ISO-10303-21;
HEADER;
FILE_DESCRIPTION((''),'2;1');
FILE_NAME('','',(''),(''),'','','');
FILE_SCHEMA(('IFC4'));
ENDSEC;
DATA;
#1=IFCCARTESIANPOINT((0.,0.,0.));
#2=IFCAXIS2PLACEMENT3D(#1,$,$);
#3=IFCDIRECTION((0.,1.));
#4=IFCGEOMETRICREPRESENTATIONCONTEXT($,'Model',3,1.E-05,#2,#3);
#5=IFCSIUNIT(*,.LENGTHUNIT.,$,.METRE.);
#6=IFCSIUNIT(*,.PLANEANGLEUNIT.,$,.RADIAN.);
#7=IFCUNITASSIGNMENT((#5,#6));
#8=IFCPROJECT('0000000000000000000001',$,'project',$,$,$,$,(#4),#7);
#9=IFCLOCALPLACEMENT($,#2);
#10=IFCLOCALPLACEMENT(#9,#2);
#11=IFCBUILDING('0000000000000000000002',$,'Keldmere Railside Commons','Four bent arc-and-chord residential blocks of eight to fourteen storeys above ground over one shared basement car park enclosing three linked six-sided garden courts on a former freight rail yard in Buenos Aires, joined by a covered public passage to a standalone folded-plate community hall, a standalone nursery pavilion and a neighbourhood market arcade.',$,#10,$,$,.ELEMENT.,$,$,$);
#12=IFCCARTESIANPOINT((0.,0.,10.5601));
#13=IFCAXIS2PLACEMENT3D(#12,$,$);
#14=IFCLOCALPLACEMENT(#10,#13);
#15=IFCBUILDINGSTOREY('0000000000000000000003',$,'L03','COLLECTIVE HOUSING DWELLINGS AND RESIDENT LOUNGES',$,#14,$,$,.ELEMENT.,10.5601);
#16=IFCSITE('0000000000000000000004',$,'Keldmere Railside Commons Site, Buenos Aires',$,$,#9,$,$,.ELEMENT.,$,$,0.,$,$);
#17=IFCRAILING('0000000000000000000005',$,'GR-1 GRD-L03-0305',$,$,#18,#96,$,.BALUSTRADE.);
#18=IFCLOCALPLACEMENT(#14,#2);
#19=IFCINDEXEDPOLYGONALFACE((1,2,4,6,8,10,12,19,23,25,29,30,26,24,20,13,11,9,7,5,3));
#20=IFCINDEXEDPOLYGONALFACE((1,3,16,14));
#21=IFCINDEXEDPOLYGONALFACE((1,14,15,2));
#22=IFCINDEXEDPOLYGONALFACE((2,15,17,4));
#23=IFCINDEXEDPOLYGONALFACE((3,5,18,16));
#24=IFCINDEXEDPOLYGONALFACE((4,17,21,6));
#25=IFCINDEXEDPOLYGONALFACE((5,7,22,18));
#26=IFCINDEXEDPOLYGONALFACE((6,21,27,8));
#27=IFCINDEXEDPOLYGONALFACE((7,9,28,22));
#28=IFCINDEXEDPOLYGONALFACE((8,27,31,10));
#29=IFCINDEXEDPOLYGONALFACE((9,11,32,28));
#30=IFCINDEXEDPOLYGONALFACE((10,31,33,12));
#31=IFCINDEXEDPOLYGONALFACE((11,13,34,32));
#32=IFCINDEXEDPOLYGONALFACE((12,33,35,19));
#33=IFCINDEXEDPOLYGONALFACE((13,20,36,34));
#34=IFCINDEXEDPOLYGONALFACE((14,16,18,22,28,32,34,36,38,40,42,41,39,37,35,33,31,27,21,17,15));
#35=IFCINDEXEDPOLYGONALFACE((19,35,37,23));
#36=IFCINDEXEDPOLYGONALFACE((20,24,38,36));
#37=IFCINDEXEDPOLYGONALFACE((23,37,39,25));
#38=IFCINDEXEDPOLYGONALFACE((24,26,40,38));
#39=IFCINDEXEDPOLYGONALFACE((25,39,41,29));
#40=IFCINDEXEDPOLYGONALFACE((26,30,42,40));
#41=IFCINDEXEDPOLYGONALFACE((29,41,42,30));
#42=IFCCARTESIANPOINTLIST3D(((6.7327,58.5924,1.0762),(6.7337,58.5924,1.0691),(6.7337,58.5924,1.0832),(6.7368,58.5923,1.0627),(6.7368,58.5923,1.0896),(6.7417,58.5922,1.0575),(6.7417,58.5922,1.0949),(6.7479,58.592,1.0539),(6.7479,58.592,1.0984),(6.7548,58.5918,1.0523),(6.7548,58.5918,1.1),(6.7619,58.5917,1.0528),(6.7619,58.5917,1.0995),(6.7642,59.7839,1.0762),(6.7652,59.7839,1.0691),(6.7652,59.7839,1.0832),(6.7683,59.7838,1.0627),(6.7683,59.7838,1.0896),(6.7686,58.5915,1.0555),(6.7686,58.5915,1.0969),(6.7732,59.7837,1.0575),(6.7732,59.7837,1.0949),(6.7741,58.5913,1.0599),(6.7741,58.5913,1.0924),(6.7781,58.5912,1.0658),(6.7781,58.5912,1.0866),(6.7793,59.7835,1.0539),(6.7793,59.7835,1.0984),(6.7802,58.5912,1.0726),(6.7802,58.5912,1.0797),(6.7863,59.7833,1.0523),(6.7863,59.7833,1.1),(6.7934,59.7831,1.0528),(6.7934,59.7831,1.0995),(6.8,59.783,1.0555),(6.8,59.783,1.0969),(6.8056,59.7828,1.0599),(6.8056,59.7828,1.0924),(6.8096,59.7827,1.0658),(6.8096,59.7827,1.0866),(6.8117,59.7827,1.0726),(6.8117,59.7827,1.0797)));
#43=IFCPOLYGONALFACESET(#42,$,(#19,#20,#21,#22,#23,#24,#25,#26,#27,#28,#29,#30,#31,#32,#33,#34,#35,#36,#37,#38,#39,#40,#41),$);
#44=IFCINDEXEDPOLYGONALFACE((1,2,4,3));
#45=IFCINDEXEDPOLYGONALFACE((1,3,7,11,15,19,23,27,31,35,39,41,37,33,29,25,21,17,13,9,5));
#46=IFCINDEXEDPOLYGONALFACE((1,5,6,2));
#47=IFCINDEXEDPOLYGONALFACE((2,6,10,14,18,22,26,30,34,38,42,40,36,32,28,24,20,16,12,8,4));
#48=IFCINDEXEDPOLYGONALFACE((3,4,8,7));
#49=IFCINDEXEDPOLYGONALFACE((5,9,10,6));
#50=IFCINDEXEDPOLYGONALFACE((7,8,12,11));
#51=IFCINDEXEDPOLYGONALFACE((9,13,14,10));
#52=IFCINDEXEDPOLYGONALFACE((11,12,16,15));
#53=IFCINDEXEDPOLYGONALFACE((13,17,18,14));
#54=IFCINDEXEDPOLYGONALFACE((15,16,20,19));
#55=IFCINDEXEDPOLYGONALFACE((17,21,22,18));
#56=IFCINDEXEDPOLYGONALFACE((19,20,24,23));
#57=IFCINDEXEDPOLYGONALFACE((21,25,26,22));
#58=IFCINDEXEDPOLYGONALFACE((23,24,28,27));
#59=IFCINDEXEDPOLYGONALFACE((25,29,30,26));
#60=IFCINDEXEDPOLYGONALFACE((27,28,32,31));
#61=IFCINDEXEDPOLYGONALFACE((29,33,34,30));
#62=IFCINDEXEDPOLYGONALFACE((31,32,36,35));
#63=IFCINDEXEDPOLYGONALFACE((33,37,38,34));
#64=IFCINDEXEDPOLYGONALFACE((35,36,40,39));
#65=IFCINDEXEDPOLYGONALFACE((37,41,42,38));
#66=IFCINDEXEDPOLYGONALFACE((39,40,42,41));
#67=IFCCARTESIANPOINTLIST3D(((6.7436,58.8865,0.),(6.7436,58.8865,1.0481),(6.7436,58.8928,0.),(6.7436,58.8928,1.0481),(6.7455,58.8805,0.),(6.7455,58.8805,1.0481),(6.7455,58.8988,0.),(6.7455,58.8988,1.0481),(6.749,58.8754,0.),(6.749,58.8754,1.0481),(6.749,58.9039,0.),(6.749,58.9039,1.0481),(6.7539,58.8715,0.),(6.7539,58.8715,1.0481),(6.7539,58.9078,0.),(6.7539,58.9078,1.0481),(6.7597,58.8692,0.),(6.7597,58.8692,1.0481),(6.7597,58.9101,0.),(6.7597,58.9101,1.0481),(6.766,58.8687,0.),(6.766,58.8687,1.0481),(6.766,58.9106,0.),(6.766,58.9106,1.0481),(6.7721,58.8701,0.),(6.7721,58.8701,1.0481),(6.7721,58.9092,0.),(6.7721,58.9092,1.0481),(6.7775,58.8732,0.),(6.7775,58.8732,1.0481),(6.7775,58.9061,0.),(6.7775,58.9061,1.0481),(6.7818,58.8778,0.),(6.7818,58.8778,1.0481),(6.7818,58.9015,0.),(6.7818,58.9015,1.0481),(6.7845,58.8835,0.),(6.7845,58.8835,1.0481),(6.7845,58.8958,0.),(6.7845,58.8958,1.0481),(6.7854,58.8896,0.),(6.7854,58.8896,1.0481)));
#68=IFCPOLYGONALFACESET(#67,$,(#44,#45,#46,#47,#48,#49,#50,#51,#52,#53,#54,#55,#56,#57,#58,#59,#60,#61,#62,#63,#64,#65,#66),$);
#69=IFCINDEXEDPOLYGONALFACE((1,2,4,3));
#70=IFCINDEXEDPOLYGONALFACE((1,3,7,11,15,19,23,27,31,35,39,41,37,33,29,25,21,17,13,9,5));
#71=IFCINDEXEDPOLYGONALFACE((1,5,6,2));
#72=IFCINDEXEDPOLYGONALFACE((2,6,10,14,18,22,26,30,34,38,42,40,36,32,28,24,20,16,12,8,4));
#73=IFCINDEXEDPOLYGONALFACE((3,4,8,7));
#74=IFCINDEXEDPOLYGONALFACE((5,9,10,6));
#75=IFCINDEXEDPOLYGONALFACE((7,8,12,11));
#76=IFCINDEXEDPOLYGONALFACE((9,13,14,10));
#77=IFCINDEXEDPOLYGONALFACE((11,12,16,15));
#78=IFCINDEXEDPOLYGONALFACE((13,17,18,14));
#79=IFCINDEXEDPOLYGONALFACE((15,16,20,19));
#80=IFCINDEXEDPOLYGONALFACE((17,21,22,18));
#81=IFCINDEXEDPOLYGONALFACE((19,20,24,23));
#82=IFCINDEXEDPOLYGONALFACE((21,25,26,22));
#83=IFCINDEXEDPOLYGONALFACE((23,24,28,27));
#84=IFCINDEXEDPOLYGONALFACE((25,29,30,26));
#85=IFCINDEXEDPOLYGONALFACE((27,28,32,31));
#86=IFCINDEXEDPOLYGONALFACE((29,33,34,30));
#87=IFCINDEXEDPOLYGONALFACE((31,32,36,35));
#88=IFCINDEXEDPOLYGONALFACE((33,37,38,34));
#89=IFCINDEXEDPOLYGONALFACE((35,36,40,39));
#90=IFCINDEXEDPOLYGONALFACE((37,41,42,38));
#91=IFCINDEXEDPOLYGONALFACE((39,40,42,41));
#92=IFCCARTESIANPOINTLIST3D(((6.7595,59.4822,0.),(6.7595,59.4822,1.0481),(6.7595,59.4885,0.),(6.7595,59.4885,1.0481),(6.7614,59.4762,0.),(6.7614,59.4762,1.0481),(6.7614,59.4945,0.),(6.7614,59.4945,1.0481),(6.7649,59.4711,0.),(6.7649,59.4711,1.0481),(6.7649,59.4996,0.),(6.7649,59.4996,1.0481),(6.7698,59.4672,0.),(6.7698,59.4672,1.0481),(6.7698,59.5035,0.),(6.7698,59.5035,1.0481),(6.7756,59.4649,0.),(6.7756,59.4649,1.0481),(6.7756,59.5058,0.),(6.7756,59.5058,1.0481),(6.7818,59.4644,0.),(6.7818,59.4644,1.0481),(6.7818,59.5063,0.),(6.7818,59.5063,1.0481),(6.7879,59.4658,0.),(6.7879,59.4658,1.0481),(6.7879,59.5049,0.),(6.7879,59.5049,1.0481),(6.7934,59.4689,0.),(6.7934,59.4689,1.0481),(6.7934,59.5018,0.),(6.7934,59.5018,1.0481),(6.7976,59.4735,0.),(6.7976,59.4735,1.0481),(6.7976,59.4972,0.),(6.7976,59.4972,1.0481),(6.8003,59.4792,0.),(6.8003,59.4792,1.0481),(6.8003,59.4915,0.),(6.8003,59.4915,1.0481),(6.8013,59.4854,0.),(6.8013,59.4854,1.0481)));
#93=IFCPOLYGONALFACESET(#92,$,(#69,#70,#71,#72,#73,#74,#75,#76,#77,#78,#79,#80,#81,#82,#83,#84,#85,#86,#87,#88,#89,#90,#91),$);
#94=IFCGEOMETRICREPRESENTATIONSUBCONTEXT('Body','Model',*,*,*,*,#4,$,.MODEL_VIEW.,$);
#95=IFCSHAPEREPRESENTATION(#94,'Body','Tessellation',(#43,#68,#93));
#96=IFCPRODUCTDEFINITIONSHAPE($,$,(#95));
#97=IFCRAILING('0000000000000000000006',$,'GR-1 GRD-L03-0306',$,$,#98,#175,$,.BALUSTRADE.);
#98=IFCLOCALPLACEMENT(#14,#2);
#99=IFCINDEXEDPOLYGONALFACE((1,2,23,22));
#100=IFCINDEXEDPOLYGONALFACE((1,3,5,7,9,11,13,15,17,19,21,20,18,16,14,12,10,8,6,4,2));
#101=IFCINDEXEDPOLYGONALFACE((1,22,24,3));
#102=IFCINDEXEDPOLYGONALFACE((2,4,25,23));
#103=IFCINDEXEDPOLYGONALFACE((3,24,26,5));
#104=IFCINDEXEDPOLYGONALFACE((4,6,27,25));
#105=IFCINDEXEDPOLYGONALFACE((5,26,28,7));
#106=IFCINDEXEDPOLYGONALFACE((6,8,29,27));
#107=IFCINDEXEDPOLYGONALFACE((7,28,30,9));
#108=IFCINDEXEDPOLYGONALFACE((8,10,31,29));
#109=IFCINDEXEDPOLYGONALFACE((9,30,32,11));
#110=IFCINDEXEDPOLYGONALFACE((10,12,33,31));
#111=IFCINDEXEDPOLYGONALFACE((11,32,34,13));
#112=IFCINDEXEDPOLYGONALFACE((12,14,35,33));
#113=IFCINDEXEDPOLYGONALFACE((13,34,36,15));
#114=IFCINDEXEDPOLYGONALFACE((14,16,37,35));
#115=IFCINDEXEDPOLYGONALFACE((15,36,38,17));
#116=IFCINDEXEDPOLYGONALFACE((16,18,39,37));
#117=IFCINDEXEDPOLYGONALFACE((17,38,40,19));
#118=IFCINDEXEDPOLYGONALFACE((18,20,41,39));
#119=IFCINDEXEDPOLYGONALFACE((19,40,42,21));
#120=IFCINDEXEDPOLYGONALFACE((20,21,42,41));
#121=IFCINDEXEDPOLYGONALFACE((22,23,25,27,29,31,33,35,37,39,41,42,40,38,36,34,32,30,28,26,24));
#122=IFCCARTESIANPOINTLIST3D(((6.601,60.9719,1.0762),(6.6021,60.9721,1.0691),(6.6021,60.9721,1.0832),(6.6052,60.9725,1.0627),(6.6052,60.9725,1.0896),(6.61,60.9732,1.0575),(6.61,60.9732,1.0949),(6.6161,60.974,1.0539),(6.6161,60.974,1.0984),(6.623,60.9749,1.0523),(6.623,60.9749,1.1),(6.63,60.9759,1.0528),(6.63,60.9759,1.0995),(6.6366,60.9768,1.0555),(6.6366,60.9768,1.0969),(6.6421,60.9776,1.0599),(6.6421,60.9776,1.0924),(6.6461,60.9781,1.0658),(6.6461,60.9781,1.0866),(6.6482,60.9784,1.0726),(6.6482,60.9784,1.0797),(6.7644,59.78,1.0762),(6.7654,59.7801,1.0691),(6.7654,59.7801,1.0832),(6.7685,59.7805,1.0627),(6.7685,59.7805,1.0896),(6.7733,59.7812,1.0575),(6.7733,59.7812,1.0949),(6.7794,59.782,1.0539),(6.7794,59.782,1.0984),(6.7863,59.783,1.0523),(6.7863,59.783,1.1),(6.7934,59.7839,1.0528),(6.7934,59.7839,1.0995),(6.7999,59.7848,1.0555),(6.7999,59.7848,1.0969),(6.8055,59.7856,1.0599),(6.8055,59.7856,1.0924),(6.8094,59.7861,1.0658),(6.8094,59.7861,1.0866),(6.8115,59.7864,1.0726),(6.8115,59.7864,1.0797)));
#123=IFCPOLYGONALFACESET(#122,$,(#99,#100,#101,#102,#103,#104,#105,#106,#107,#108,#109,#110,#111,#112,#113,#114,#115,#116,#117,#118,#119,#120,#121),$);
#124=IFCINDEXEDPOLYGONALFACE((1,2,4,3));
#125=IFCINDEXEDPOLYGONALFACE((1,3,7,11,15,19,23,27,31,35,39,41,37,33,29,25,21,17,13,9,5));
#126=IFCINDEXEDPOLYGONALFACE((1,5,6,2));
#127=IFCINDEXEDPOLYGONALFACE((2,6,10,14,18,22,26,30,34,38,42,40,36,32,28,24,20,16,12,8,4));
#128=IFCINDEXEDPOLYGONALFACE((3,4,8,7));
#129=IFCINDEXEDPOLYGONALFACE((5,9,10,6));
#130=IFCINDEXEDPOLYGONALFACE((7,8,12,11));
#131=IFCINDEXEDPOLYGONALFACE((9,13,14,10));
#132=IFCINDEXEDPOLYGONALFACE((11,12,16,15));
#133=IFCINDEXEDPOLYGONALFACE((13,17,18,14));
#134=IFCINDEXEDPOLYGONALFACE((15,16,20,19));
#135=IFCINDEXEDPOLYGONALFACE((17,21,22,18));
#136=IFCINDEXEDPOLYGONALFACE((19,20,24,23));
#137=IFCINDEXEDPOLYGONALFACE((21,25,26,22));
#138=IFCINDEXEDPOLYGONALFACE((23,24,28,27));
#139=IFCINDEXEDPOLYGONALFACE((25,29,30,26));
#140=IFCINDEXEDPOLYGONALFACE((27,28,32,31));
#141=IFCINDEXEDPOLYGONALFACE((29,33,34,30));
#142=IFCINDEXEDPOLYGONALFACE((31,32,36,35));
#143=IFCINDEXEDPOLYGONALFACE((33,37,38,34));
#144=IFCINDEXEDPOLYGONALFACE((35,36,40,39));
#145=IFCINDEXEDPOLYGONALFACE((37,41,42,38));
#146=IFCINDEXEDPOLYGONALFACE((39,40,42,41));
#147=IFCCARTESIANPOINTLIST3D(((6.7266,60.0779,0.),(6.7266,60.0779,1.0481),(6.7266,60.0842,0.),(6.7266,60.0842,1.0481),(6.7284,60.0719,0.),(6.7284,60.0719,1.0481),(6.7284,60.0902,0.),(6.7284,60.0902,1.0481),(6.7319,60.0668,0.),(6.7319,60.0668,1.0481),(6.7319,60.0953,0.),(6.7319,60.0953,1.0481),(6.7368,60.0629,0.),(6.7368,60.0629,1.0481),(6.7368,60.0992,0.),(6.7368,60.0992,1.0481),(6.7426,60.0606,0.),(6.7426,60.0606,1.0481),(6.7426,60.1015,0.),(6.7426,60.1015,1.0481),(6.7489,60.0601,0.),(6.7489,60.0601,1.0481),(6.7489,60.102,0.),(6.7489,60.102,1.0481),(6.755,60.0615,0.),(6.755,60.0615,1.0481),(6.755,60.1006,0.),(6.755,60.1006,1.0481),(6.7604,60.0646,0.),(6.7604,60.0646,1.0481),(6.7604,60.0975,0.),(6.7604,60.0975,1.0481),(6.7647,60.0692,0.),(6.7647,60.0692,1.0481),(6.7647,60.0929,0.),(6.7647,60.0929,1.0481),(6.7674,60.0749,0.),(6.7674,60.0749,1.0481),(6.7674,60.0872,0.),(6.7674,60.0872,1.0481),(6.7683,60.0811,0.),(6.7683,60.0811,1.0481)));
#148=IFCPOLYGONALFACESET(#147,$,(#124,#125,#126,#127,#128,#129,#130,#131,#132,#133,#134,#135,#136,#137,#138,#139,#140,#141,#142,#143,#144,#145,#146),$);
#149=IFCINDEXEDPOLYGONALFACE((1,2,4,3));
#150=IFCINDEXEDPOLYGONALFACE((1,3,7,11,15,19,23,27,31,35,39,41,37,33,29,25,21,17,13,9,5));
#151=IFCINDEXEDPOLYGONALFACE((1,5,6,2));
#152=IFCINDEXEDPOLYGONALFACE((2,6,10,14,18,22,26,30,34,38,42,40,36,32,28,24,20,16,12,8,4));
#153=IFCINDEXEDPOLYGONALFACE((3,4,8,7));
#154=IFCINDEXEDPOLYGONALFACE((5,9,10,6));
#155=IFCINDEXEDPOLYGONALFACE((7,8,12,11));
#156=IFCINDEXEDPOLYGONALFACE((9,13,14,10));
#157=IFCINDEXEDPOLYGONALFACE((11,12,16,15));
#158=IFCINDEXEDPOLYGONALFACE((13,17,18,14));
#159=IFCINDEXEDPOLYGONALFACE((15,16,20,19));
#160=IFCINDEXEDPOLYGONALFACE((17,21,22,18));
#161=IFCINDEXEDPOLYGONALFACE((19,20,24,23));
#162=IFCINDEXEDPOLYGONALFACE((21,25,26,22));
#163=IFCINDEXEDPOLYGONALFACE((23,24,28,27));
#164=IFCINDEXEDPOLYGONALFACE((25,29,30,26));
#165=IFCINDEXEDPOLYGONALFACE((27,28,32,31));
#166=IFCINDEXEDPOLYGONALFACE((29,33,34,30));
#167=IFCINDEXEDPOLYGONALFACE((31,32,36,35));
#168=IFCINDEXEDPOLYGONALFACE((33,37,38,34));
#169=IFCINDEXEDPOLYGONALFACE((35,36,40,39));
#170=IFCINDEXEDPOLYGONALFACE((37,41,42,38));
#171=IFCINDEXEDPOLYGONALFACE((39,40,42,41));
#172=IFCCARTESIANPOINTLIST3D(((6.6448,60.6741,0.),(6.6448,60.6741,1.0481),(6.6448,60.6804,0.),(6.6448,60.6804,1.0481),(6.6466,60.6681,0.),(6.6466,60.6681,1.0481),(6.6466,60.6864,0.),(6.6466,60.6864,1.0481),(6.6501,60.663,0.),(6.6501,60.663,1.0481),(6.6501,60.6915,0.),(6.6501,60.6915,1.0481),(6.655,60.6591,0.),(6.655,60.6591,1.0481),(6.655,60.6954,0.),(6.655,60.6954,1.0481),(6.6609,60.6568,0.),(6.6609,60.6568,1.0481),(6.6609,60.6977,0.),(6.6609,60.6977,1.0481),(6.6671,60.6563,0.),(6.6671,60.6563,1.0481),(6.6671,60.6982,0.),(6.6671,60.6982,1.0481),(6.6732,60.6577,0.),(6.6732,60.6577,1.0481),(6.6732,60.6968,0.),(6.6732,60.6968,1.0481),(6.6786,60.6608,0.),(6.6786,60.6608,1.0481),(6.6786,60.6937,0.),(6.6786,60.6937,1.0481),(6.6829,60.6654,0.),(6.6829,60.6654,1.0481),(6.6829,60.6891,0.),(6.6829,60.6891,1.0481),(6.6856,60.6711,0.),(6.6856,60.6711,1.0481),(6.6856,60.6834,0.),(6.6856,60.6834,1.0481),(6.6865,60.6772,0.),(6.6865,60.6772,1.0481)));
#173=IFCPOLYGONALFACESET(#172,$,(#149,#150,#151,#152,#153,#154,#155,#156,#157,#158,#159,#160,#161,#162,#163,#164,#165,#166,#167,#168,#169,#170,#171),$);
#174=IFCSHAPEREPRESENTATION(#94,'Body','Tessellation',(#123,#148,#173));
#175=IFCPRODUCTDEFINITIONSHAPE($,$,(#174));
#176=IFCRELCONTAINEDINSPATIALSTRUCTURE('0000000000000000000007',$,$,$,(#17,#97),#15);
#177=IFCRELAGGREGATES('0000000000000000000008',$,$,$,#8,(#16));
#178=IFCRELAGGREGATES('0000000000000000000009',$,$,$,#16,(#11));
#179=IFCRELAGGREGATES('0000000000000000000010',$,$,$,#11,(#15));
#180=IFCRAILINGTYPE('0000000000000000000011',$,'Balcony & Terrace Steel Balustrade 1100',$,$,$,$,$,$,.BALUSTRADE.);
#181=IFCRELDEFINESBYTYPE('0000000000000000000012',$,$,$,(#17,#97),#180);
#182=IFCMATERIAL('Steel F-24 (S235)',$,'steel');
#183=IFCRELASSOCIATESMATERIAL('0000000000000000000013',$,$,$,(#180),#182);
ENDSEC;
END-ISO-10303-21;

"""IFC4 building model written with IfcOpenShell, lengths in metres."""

from ifc_helpers import new_model, si_unit, direction, frame, origin, origin_2d, place, context, subcontext, project, spatial, circle, extrude, material, type_object, element, save


model = new_model("IFC4")

# Units and contexts
model_context = context("Model", 3, precision=1e-05, world=origin(), true_north=direction((0.0, 1.0)))
body_context = subcontext(model_context, "Body", "Model", "MODEL_VIEW")
ifc_project = project(units=[si_unit("LENGTHUNIT", "METRE"), si_unit("PLANEANGLEUNIT", "RADIAN")], contexts=[model_context])

# Site, building, storey
site_placement = place(None, origin())
site = spatial("IfcSite", under=ifc_project, at=site_placement, Name="Keldmere Railside Commons Site, Buenos Aires", CompositionType="ELEMENT", RefElevation=0.0)
building_placement = place(site_placement, origin())
building = spatial("IfcBuilding", under=site, at=building_placement, Name="Keldmere Railside Commons", Description="Four bent arc-and-chord residential blocks of eight to fourteen storeys above ground over one shared basement car park enclosing three linked six-sided garden courts on a former freight rail yard in Buenos Aires, joined by a covered public passage to a standalone folded-plate community hall, a standalone nursery pavilion and a neighbourhood market arcade.", CompositionType="ELEMENT")
storey_placement = place(building_placement, frame((0.0, 0.0, 10.5601)))
storey = spatial("IfcBuildingStorey", under=building, at=storey_placement, Name="L03", Description="COLLECTIVE HOUSING DWELLINGS AND RESIDENT LOUNGES", CompositionType="ELEMENT", Elevation=10.5601)

# Railings
ifc_material_1 = material(Name="Steel F-24 (S235)", Category="steel")
railing_type_1 = type_object("IfcRailingType", Name="Balcony & Terrace Steel Balustrade 1100", PredefinedType="BALUSTRADE", material=ifc_material_1)
railing_1_placement = place(storey_placement, frame((6.7566, 58.5918, 0.0)))
element("IfcRailing", 1, at=railing_1_placement, inside=storey, type_object=railing_type_1, Name="GR-1 GRD-L03-0305", PredefinedType="BALUSTRADE", context=body_context, shape_type="SweptSolid", body=[
    extrude(circle(Radius=0.0239, at=origin_2d()), frame((0.0, 0.0, 1.0762), z_axis=(0.026425, 0.999651, 0.0), x_axis=(-0.999651, 0.026425, 0.0)), (0.0, 0.0, 1.0), 1.1919),
    extrude(circle(Radius=0.021, at=origin_2d()), frame((0.0078, 0.2979, 0.0)), (0.0, 0.0, 1.0), 1.0481),
    extrude(circle(Radius=0.021, at=origin_2d()), frame((0.0237, 0.8936, 0.0)), (0.0, 0.0, 1.0), 1.0481),
])
railing_2_placement = place(storey_placement, frame((6.7881, 59.7832, 0.0)))
element("IfcRailing", 2, at=railing_2_placement, inside=storey, type_object=railing_type_1, Name="GR-1 GRD-L03-0306", PredefinedType="BALUSTRADE", context=body_context, shape_type="SweptSolid", body=[
    extrude(circle(Radius=0.0239, at=origin_2d()), frame((0.0, 0.0, 1.0762), z_axis=(-0.135765, 0.990741, 0.0), x_axis=(-0.990741, -0.135765, 0.0)), (0.0, 0.0, 1.0), 1.2031),
    extrude(circle(Radius=0.021, at=origin_2d()), frame((-0.0408, 0.2979, 0.0)), (0.0, 0.0, 1.0), 1.0481),
    extrude(circle(Radius=0.021, at=origin_2d()), frame((-0.1226, 0.894, 0.0)), (0.0, 0.0, 1.0), 1.0481),
])

save(model, "model.ifc")
